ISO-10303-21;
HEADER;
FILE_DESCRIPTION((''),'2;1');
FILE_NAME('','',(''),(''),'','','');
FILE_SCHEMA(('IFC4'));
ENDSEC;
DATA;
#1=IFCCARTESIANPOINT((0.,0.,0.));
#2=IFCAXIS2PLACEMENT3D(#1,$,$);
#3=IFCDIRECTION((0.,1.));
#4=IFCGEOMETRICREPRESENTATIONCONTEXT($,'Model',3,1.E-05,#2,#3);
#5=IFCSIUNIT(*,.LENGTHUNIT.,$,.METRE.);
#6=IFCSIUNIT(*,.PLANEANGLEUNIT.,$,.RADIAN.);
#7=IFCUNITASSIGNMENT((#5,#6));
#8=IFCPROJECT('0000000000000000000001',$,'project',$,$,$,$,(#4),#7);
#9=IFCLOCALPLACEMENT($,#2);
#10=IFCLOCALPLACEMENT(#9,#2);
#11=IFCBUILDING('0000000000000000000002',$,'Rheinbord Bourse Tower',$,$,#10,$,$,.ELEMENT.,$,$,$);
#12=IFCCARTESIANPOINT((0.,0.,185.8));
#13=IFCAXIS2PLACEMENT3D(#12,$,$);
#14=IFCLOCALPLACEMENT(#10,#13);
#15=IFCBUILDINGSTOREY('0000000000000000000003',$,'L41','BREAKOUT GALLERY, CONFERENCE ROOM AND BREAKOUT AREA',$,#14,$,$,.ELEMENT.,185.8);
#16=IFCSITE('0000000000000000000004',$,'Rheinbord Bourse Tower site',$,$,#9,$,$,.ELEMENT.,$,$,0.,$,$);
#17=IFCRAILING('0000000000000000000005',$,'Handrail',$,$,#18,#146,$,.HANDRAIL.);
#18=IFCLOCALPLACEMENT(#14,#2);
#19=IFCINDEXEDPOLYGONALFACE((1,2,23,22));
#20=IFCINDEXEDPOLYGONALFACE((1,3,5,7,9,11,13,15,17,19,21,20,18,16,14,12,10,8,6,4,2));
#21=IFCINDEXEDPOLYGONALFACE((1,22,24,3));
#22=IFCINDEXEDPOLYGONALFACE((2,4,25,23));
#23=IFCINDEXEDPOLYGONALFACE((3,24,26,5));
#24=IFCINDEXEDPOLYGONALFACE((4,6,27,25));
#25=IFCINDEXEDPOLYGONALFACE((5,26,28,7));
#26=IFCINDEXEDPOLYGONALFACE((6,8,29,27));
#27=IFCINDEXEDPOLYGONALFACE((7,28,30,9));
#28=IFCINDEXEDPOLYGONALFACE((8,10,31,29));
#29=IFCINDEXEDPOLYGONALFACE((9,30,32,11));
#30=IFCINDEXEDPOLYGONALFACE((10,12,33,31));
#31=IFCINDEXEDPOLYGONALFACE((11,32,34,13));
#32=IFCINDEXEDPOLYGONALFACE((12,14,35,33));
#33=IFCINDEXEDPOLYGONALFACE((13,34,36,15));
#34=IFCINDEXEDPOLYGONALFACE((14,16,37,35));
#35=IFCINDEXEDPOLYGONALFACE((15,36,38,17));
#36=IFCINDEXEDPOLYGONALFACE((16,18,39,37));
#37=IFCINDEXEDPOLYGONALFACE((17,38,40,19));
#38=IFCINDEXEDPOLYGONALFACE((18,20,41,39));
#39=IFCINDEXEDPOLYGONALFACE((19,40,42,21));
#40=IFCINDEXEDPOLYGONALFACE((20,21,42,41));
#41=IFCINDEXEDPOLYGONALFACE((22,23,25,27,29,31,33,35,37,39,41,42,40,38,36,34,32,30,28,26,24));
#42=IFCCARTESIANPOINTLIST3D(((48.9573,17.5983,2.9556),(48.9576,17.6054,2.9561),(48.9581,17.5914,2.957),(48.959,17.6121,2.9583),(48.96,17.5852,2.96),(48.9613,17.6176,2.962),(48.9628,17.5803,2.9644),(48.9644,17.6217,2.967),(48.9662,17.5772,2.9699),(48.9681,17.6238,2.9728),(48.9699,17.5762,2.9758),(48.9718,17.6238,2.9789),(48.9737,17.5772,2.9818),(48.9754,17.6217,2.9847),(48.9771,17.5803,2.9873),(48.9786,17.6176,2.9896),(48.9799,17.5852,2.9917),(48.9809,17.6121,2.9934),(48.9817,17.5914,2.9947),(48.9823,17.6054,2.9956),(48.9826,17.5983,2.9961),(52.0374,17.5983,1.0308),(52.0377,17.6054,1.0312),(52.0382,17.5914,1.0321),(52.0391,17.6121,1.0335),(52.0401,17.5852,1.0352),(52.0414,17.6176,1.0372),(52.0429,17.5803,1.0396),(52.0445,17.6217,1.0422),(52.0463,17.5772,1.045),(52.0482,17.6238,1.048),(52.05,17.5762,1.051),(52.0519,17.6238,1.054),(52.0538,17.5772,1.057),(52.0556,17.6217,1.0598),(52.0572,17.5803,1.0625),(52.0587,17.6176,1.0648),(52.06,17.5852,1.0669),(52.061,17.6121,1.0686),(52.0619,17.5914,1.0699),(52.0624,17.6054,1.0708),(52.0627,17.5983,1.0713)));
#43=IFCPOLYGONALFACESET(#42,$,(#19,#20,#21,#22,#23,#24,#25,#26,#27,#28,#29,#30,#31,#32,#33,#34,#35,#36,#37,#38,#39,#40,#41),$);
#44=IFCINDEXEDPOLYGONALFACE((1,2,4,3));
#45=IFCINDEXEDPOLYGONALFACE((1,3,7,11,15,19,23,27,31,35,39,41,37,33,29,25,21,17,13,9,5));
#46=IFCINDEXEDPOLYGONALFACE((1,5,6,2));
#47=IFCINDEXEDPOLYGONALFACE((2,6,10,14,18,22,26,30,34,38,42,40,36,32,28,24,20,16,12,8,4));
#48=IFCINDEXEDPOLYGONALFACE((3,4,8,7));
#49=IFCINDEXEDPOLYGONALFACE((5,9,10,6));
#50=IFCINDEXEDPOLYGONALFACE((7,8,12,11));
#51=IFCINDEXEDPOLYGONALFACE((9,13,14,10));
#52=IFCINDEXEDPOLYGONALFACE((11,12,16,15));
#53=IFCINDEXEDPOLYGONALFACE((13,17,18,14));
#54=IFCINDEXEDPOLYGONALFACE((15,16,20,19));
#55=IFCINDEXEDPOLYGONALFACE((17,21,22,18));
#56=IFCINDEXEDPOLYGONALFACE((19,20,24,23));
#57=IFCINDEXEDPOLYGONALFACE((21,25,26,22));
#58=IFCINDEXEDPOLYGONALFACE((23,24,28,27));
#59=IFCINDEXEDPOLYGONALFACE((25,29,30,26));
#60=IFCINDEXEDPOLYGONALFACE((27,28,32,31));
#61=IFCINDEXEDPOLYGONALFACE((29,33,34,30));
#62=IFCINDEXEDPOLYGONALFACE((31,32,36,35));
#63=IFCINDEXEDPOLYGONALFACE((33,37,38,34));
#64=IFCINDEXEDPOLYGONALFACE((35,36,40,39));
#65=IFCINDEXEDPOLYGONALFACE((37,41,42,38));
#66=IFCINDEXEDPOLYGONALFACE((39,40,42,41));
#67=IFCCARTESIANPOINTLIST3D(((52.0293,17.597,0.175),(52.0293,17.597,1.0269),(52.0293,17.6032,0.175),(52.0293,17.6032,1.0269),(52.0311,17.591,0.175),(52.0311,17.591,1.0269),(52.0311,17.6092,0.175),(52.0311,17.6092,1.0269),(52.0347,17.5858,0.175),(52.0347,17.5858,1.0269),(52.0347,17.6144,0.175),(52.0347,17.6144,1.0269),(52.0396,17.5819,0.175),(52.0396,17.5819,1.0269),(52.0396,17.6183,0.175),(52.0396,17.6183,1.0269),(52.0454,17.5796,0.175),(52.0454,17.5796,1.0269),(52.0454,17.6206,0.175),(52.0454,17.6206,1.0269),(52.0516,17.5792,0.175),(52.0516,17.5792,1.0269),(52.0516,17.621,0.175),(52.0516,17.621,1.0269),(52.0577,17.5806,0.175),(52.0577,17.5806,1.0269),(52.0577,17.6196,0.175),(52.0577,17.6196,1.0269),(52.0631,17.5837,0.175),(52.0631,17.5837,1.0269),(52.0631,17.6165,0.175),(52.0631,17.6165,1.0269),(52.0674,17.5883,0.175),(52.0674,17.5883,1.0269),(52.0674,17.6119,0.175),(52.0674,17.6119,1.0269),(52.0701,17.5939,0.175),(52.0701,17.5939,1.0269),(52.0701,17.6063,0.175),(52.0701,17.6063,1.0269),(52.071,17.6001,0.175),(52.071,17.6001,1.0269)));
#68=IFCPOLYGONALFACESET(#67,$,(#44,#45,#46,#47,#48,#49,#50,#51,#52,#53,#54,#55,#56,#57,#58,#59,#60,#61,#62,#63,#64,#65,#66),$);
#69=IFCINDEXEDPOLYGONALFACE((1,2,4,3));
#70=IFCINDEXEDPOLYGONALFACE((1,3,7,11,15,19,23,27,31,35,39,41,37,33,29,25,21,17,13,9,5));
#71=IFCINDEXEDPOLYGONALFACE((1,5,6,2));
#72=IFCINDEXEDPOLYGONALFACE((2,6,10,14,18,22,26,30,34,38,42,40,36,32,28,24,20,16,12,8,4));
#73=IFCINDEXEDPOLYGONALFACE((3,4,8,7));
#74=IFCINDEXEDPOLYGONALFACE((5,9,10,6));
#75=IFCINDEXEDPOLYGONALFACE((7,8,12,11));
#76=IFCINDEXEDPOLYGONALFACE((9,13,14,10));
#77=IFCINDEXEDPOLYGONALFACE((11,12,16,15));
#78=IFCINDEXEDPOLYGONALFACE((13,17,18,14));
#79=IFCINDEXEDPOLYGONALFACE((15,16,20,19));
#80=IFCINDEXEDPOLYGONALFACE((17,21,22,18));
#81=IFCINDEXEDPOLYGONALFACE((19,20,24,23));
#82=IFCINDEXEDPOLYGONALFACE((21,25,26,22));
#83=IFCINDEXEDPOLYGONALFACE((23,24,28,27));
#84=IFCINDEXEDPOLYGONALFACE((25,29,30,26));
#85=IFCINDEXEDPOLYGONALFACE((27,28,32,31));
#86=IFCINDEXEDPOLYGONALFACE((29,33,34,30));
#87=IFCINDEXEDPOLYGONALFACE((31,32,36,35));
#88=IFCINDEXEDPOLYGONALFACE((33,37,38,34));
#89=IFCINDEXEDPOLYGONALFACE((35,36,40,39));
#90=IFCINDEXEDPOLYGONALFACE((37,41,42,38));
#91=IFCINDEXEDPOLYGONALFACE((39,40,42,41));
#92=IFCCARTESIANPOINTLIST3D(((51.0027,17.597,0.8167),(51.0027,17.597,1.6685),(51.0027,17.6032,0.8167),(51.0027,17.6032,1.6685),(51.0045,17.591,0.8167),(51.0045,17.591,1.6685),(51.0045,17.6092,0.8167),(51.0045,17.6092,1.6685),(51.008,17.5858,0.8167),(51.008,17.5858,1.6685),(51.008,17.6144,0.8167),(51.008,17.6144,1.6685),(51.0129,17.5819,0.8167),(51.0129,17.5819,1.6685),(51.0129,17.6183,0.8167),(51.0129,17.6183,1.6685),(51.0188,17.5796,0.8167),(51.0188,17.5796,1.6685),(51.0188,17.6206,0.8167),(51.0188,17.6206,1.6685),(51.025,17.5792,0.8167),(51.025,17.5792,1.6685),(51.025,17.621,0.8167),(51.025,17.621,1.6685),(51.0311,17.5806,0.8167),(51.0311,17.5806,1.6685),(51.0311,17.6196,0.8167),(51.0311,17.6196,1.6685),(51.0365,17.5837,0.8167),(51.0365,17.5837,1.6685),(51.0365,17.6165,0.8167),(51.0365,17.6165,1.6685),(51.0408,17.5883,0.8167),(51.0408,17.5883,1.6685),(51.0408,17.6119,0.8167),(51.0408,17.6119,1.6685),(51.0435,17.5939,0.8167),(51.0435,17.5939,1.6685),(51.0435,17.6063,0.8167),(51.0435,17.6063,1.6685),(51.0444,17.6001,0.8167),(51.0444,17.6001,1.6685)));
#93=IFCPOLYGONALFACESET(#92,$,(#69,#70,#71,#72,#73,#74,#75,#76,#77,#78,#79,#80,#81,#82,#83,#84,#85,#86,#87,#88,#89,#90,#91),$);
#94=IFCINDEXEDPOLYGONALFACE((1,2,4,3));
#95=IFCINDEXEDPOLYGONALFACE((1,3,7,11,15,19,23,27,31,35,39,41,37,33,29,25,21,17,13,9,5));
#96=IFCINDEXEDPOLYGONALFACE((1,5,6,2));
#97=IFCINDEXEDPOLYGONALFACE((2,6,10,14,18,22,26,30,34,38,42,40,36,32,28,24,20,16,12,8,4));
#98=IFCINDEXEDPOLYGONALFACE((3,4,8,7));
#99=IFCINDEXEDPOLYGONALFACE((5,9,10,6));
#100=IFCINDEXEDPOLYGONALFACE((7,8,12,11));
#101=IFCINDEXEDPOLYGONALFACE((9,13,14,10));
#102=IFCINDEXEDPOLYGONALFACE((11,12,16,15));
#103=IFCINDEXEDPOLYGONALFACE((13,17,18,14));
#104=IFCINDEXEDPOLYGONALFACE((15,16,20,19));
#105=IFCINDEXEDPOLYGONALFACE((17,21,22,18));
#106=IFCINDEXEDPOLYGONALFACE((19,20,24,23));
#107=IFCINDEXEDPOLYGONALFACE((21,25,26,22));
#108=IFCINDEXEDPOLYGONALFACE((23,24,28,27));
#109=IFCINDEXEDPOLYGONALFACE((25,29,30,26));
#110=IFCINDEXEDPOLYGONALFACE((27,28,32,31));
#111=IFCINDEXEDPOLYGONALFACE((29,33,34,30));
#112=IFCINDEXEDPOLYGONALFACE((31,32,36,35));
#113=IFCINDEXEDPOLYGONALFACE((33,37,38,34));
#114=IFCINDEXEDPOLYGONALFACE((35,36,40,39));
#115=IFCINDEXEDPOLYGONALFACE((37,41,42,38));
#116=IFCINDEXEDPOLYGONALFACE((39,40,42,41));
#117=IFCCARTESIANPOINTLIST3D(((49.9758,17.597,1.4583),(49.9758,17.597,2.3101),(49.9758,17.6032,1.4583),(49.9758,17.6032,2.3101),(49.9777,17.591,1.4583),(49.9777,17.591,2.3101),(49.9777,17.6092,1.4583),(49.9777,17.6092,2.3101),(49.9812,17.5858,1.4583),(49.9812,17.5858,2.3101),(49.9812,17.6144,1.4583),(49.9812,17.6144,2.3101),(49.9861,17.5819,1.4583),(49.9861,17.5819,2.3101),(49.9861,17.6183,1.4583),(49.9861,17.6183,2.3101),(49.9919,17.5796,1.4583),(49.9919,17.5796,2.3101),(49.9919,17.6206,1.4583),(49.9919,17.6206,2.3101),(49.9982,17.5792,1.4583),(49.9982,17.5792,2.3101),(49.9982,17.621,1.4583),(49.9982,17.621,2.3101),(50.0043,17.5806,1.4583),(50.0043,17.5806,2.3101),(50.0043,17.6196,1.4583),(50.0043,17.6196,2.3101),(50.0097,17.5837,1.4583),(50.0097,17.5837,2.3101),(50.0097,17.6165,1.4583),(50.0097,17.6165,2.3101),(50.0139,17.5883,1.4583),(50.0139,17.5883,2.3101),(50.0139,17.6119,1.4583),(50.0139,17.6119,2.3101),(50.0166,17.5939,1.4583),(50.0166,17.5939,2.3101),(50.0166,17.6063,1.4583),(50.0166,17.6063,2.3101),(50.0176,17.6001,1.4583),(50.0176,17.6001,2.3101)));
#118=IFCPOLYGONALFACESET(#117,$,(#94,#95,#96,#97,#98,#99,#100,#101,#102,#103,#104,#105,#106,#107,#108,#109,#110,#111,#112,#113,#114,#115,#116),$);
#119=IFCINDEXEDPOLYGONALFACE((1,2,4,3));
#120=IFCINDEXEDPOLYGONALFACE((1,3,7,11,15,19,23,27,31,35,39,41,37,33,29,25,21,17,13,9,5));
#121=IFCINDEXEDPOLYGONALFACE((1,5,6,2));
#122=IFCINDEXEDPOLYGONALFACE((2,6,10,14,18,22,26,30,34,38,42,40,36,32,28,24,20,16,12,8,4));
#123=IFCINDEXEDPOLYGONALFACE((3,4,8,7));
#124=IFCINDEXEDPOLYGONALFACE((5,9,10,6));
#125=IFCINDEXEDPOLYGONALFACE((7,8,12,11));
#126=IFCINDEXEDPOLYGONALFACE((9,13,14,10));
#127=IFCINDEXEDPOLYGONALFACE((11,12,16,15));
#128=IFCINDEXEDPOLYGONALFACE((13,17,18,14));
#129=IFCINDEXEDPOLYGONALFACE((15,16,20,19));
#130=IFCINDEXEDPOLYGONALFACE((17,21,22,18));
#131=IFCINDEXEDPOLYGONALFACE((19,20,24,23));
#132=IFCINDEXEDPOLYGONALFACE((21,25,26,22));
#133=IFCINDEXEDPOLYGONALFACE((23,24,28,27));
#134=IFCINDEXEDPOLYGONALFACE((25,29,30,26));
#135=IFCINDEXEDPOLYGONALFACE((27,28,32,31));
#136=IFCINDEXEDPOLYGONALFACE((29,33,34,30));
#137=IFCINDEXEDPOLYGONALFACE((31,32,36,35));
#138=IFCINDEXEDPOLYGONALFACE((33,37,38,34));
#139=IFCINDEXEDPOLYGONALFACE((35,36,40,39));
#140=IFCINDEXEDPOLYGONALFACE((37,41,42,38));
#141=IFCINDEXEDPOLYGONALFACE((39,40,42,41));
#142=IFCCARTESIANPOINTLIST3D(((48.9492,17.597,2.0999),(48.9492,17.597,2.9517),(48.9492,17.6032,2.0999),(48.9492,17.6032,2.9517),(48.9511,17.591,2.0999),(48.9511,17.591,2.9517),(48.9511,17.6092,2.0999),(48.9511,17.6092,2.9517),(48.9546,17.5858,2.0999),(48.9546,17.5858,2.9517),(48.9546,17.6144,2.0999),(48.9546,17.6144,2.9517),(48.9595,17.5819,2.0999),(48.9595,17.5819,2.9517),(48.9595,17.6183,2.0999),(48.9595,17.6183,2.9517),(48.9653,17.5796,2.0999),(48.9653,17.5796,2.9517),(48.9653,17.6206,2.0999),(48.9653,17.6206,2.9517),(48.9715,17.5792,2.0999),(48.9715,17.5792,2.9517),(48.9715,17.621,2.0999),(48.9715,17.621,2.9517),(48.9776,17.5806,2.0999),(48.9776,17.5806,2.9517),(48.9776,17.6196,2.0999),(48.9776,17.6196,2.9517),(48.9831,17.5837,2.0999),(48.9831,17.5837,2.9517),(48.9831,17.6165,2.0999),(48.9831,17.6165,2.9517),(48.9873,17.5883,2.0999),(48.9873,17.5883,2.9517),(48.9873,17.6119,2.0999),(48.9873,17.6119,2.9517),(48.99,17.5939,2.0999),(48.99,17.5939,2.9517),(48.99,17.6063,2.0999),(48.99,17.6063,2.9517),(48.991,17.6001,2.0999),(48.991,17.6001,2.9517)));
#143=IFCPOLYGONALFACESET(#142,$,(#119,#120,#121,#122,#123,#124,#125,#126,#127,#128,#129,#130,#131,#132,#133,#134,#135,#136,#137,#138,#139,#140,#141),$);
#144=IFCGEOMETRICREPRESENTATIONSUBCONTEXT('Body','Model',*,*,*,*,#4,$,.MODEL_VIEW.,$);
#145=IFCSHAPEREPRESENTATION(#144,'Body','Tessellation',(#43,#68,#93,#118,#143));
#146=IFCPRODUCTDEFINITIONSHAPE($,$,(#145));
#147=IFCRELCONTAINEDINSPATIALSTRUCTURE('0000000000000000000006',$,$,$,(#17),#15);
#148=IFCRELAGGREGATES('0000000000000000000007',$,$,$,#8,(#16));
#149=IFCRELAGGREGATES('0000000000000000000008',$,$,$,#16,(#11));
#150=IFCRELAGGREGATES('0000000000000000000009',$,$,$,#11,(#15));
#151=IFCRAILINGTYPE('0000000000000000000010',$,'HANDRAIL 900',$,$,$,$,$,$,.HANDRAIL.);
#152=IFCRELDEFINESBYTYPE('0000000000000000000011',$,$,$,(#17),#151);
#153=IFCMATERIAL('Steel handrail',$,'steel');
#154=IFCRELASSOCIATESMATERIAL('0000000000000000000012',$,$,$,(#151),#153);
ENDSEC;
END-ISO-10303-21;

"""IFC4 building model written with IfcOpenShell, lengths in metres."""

from ifc_helpers import new_model, si_unit, direction, frame, origin, origin_2d, place, context, subcontext, project, spatial, circle, extrude, material, type_object, element, save


model = new_model("IFC4")

# Units and contexts
model_context = context("Model", 3, precision=1e-05, world=origin(), true_north=direction((0.0, 1.0)))
body_context = subcontext(model_context, "Body", "Model", "MODEL_VIEW")
ifc_project = project(units=[si_unit("LENGTHUNIT", "METRE"), si_unit("PLANEANGLEUNIT", "RADIAN")], contexts=[model_context])

# Site, building, storey
site_placement = place(None, origin())
site = spatial("IfcSite", under=ifc_project, at=site_placement, Name="Rheinbord Bourse Tower site", CompositionType="ELEMENT", RefElevation=0.0)
building_placement = place(site_placement, origin())
building = spatial("IfcBuilding", under=site, at=building_placement, Name="Rheinbord Bourse Tower", CompositionType="ELEMENT")
storey_placement = place(building_placement, frame((0.0, 0.0, 185.8)))
storey = spatial("IfcBuildingStorey", under=building, at=storey_placement, Name="L41", Description="BREAKOUT GALLERY, CONFERENCE ROOM AND BREAKOUT AREA", CompositionType="ELEMENT", Elevation=185.8)

# Railing
ifc_material_1 = material(Name="Steel handrail", Category="steel")
railing_type = type_object("IfcRailingType", Name="HANDRAIL 900", PredefinedType="HANDRAIL", material=ifc_material_1)
railing_1_placement = place(storey_placement, frame((52.05, 17.6001, 0.175)))
element("IfcRailing", 1, at=railing_1_placement, inside=storey, type_object=railing_type, Name="Handrail", PredefinedType="HANDRAIL", context=body_context, shape_type="SweptSolid", body=[
    extrude(circle(Radius=0.0239, at=origin_2d()), frame((0.0, 0.0, 0.876), z_axis=(-0.848029, 0.0, 0.529951), x_axis=(0.0, -1.0, 0.0)), (0.0, 0.0, 1.0), 3.6321),
    extrude(circle(Radius=0.021, at=origin_2d()), origin(), (0.0, 0.0, 1.0), 0.8518),
    extrude(circle(Radius=0.021, at=origin_2d()), frame((-1.0266, 0.0, 0.6416)), (0.0, 0.0, 1.0), 0.8518),
    extrude(circle(Radius=0.021, at=origin_2d()), frame((-2.0535, 0.0, 1.2832)), (0.0, 0.0, 1.0), 0.8518),
    extrude(circle(Radius=0.021, at=origin_2d()), frame((-3.0801, 0.0, 1.9248)), (0.0, 0.0, 1.0), 0.8518),
])

save(model, "model.ifc")
